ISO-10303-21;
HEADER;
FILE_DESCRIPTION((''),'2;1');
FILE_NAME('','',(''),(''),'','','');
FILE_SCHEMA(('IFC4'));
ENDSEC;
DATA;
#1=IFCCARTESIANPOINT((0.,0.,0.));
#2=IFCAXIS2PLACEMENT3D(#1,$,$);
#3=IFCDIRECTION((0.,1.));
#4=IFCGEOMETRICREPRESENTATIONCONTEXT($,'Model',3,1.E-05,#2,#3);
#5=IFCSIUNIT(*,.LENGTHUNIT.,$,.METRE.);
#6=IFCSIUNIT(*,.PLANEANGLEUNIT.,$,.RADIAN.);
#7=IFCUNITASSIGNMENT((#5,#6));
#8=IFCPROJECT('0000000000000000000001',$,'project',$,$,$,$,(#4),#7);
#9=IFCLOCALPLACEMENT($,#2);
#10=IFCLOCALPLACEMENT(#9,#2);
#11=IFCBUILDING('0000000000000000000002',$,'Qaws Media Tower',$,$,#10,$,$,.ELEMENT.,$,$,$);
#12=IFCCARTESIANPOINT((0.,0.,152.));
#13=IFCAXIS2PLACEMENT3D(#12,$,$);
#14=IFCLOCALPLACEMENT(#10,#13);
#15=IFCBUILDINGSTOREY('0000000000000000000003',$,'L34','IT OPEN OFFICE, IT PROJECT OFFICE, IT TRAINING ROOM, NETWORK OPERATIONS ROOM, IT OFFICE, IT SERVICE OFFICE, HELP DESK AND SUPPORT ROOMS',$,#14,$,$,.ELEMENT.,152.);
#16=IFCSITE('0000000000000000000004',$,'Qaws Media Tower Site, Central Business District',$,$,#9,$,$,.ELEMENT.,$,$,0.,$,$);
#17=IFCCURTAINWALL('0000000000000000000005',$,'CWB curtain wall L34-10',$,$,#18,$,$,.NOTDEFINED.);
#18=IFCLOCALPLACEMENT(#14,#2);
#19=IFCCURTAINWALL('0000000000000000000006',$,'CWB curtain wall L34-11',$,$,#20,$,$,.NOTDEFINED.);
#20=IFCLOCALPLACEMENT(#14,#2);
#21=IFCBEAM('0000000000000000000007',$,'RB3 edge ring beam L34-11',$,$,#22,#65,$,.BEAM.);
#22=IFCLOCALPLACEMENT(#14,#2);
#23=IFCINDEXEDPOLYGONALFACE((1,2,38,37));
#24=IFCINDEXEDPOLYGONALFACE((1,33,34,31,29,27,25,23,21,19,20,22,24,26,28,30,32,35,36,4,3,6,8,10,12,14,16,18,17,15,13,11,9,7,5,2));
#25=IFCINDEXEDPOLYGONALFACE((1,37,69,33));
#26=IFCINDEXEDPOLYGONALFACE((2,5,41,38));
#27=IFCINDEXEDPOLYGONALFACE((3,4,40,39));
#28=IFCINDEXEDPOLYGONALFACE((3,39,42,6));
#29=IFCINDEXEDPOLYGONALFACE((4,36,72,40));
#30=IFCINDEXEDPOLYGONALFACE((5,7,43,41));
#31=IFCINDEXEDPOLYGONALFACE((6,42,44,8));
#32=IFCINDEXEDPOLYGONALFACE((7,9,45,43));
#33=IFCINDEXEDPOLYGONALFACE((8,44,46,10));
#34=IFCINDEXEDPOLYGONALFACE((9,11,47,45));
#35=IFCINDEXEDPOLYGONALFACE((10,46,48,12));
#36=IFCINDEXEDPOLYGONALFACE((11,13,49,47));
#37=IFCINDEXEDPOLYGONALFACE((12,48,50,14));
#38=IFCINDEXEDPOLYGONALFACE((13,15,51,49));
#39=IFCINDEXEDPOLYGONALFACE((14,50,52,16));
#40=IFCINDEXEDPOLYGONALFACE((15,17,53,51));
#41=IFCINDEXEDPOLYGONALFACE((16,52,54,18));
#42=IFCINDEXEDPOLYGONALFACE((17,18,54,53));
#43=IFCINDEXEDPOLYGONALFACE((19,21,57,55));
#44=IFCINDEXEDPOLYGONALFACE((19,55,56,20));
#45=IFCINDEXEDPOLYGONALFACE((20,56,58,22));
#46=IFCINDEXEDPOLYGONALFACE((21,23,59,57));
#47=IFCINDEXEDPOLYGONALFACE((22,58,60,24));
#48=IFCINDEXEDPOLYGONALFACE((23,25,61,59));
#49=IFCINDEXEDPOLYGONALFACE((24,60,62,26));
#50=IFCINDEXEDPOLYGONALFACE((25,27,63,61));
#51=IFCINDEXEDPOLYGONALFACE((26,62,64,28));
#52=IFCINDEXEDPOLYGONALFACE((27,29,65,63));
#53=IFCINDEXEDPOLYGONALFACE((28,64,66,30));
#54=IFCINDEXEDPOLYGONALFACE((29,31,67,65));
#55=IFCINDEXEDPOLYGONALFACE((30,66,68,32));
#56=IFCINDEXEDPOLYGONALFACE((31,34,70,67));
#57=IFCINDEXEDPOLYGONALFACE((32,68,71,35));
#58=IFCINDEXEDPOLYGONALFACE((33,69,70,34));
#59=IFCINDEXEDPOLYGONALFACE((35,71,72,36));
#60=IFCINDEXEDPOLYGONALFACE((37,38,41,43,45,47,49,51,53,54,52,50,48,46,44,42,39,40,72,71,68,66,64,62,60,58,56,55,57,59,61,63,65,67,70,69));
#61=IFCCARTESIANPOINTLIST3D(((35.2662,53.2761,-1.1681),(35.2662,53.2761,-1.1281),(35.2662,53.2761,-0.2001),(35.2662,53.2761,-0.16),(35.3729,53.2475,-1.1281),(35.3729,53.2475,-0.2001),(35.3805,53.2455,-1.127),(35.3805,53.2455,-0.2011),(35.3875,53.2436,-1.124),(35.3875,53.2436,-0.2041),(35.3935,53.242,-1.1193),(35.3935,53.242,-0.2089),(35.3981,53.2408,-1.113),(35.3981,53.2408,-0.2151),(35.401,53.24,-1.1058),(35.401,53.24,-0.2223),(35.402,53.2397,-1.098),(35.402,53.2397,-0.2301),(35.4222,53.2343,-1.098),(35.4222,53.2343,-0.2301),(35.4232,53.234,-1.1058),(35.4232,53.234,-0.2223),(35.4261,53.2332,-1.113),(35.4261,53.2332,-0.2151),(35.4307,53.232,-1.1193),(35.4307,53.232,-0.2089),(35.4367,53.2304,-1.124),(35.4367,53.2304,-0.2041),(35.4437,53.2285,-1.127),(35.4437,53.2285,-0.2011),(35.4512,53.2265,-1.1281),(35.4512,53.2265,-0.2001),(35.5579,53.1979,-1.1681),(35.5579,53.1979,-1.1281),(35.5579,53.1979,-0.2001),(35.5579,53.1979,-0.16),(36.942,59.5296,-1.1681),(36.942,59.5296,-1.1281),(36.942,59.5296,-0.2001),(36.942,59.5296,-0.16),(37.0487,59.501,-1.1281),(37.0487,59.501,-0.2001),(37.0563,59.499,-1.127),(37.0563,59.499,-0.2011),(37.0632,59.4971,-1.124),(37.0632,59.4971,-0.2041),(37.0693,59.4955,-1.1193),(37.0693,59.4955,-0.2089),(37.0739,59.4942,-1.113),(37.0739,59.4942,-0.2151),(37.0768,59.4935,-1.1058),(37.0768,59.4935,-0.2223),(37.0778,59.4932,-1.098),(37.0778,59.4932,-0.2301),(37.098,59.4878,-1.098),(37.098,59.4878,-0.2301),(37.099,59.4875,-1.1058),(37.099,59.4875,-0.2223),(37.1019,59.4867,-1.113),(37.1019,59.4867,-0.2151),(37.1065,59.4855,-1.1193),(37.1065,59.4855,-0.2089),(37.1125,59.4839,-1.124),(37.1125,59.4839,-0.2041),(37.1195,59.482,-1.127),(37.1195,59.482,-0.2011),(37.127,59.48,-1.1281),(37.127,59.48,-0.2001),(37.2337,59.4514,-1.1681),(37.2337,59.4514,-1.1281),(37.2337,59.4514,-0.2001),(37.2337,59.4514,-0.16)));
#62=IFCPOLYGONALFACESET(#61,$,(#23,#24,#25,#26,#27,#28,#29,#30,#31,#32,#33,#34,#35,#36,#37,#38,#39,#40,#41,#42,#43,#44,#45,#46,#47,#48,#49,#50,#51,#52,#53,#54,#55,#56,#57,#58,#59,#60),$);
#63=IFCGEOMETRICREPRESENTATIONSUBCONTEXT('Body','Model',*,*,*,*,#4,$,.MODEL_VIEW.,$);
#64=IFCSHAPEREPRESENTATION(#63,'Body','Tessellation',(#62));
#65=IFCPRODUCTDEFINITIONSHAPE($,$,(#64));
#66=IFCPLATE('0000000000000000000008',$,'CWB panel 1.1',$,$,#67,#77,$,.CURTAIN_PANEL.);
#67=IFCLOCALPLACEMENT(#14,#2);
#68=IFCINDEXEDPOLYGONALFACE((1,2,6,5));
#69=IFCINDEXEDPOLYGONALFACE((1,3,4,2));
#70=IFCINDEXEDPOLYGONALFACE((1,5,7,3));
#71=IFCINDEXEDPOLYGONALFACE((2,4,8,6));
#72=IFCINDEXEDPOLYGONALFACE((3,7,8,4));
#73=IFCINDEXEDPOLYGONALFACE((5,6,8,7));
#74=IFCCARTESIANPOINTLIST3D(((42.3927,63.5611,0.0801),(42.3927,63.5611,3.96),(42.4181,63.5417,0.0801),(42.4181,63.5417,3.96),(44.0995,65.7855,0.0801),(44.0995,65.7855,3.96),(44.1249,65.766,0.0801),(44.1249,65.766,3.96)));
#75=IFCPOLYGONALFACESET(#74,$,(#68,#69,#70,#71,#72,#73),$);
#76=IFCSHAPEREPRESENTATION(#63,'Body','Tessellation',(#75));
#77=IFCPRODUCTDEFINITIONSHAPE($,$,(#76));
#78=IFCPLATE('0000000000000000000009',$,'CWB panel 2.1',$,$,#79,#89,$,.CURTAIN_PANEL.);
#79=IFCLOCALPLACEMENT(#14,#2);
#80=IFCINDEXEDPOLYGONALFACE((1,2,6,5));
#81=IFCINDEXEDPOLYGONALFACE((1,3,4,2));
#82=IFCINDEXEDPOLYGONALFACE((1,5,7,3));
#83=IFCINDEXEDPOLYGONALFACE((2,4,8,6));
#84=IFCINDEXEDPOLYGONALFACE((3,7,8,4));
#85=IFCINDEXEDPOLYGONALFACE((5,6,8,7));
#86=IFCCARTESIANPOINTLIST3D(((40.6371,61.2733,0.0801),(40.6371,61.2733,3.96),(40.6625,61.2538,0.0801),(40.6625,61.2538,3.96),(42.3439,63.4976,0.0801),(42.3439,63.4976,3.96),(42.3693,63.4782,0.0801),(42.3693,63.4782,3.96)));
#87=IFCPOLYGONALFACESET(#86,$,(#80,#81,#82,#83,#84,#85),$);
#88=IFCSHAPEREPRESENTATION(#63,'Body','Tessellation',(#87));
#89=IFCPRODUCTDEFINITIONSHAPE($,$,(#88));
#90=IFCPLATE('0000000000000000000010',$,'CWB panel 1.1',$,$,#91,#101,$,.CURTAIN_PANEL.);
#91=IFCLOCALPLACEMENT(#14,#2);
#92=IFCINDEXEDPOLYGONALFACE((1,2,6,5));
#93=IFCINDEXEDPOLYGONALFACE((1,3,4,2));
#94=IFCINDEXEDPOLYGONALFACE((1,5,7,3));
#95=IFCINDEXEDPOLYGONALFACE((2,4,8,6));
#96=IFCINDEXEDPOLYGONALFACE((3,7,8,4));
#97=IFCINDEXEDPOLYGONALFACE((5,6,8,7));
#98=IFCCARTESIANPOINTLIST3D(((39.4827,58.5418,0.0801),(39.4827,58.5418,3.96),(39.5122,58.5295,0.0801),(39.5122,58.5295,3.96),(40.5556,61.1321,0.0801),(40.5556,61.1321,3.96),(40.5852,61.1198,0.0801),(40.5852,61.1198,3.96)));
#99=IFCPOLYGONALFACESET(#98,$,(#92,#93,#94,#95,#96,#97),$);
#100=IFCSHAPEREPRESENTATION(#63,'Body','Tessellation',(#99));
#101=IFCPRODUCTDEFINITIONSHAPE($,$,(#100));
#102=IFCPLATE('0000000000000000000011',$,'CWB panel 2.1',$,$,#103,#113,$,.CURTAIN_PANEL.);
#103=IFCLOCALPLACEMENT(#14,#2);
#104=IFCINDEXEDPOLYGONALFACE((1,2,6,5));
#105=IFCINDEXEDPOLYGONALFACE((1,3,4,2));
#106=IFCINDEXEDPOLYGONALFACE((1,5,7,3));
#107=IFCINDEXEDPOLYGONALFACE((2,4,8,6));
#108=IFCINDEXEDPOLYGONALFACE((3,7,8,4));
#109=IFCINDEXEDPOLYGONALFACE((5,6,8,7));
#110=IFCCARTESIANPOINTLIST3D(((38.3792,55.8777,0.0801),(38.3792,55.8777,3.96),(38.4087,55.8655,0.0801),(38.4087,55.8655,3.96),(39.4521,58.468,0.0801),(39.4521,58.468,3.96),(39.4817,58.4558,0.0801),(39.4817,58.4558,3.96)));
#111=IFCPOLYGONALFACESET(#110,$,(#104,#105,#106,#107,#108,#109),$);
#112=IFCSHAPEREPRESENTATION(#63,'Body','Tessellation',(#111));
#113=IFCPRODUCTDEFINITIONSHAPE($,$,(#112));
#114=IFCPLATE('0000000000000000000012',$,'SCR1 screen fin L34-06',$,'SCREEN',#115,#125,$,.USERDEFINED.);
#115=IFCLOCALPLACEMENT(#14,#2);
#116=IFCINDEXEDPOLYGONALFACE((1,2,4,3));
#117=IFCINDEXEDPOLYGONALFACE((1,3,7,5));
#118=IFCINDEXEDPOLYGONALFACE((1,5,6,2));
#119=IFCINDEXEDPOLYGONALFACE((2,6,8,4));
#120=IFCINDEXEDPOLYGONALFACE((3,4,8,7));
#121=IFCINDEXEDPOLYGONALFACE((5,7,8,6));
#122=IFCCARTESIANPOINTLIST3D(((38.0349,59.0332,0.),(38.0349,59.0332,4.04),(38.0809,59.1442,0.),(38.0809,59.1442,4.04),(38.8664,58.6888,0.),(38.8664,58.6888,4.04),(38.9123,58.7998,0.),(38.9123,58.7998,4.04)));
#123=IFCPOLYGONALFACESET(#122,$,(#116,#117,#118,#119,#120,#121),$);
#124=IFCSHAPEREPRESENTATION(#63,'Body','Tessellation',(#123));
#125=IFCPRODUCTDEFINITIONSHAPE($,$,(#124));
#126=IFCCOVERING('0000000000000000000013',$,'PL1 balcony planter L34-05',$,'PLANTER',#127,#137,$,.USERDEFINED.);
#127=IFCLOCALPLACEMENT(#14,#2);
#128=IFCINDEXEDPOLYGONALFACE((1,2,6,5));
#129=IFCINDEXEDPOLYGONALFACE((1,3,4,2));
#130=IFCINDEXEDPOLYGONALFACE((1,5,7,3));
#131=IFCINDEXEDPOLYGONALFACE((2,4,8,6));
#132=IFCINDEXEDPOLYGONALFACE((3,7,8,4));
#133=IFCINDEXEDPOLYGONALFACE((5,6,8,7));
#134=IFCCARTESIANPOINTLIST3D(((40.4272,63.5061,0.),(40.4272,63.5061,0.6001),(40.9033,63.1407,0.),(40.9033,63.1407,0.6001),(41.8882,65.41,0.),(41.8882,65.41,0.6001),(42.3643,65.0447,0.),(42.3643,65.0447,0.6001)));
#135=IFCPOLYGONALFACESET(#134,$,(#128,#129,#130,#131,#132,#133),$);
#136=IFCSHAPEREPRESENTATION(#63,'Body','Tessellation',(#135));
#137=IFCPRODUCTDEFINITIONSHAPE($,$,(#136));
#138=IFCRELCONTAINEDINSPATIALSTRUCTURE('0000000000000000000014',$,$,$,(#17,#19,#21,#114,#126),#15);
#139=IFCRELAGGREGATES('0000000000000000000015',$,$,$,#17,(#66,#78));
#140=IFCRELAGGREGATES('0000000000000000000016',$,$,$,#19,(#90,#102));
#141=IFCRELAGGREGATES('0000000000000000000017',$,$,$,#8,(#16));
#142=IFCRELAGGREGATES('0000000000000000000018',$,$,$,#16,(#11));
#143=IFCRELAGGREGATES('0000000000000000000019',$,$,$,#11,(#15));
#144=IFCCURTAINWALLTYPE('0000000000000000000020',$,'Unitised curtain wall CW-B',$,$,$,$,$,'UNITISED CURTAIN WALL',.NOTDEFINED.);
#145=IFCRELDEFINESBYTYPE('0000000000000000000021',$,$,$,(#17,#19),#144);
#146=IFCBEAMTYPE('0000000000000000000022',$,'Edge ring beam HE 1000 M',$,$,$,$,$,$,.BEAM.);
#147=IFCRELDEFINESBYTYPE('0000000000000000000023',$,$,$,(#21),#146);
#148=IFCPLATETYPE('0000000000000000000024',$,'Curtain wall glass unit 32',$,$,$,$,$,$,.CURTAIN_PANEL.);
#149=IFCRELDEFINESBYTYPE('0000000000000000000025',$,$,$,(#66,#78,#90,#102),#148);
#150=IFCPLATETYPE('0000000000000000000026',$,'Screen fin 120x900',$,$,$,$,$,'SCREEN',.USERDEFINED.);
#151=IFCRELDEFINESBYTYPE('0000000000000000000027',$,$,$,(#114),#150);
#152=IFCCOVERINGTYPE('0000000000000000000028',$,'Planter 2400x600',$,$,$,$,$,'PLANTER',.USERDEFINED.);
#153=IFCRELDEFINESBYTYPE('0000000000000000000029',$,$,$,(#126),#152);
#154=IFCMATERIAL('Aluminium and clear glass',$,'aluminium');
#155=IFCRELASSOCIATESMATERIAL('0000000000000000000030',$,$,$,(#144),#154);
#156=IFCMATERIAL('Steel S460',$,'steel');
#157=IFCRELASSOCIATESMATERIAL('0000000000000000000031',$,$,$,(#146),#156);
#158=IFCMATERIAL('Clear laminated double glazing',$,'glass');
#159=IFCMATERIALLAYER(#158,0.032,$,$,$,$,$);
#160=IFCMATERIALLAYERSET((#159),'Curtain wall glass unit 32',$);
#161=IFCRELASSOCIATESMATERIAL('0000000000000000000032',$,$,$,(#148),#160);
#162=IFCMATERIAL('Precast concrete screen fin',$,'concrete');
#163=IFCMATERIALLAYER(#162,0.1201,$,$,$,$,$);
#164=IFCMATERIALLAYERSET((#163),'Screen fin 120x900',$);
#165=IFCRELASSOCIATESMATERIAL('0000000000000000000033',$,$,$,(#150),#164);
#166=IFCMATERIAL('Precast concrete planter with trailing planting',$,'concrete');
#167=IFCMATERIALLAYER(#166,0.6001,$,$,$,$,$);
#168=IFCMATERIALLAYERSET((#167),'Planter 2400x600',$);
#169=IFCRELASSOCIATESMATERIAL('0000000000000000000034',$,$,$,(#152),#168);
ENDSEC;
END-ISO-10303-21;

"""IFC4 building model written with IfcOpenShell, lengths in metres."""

from ifc_helpers import new_model, si_unit, direction, frame, origin, origin_2d, place, context, subcontext, project, spatial, rectangle, i_section, extrude, material, layer, layer_set, material_profile, profile_set, type_object, element, aggregate, save


model = new_model("IFC4")

# Units and contexts
model_context = context("Model", 3, precision=1e-05, world=origin(), true_north=direction((0.0, 1.0)))
body_context = subcontext(model_context, "Body", "Model", "MODEL_VIEW")
ifc_project = project(units=[si_unit("LENGTHUNIT", "METRE"), si_unit("PLANEANGLEUNIT", "RADIAN")], contexts=[model_context])

# Site, building, storey
site_placement = place(None, origin())
site = spatial("IfcSite", under=ifc_project, at=site_placement, Name="Qaws Media Tower Site, Central Business District", CompositionType="ELEMENT", RefElevation=0.0)
building_placement = place(site_placement, origin())
building = spatial("IfcBuilding", under=site, at=building_placement, Name="Qaws Media Tower", CompositionType="ELEMENT")
storey_placement = place(building_placement, frame((0.0, 0.0, 152.0)))
storey = spatial("IfcBuildingStorey", under=building, at=storey_placement, Name="L34", Description="IT OPEN OFFICE, IT PROJECT OFFICE, IT TRAINING ROOM, NETWORK OPERATIONS ROOM, IT OFFICE, IT SERVICE OFFICE, HELP DESK AND SUPPORT ROOMS", CompositionType="ELEMENT", Elevation=152.0)

# Shared definitions
ifc_material_1 = material(Name="Aluminium and clear glass", Category="aluminium")
curtain_wall_type = type_object("IfcCurtainWallType", Name="Unitised curtain wall CW-B", ElementType="UNITISED CURTAIN WALL", PredefinedType="NOTDEFINED", material=ifc_material_1)

# Curtain walls
curtain_wall_1_placement = place(storey_placement, origin())
curtain_wall_1 = element("IfcCurtainWall", 1, at=curtain_wall_1_placement, inside=storey, type_object=curtain_wall_type, Name="CWB curtain wall L34-10", PredefinedType="NOTDEFINED")
curtain_wall_2_placement = place(storey_placement, origin())
curtain_wall_2 = element("IfcCurtainWall", 2, at=curtain_wall_2_placement, inside=storey, type_object=curtain_wall_type, Name="CWB curtain wall L34-11", PredefinedType="NOTDEFINED")

# Beam
ifc_material_2 = material(Name="Steel S460", Category="steel")
ifc_material_profile_1 = material_profile(ifc_material_2, i_section(OverallWidth=0.302, OverallDepth=1.0081, WebThickness=0.021, FlangeThickness=0.04, FilletRadius=0.03, at=origin_2d()), Name="HE 1000 M")
ifc_profile_set_1 = profile_set([ifc_material_profile_1], Name="Steel S460")
beam_type = type_object("IfcBeamType", Name="Edge ring beam HE 1000 M", PredefinedType="BEAM", material=ifc_profile_set_1)
for number, where, z_axis, x_axis, name in (
    (3, (37.0879, 59.4905, -0.6641), (-0.258845, -0.965919, 0.0), (0.965919, -0.258845, 0.0), "RB3 edge ring beam L34-11"),
):
    element("IfcBeam", number, at=place(storey_placement, frame(where, z_axis=z_axis, x_axis=x_axis)), inside=storey, type_object=beam_type, Name=name, PredefinedType="BEAM", context=body_context, shape_type="SweptSolid", body=[
        extrude(i_section(OverallWidth=0.302, OverallDepth=1.0081, WebThickness=0.021, FlangeThickness=0.04, FilletRadius=0.03, at=origin_2d()), origin(), (0.0, 0.0, 1.0), 6.4741),
    ])

# Plates
ifc_material_3 = material(Name="Clear laminated double glazing", Category="glass")
ifc_layer_1 = layer(ifc_material_3, 0.032)
ifc_layer_set_1 = layer_set([ifc_layer_1], Name="Curtain wall glass unit 32")
plate_type_1 = type_object("IfcPlateType", Name="Curtain wall glass unit 32", PredefinedType="CURTAIN_PANEL", material=ifc_layer_set_1)
plate_1_placement = place(storey_placement, frame((43.2588, 64.6636, 0.0801), z_axis=(0.0, 0.0, 1.0), x_axis=(-0.608761, -0.793353, 0.0)))
plate_1 = element("IfcPlate", 4, at=plate_1_placement, type_object=plate_type_1, Name="CWB panel 1.1", PredefinedType="CURTAIN_PANEL", context=body_context, shape_type="SweptSolid", body=[
    extrude(rectangle(XDim=2.8037, YDim=0.032, at=origin_2d()), origin(), (0.0, 0.0, 1.0), 3.8799),
])
plate_2_placement = place(storey_placement, frame((41.5032, 62.3757, 0.0801), z_axis=(0.0, 0.0, 1.0), x_axis=(-0.608761, -0.793353, 0.0)))
plate_2 = element("IfcPlate", 5, at=plate_2_placement, type_object=plate_type_1, Name="CWB panel 2.1", PredefinedType="CURTAIN_PANEL", context=body_context, shape_type="SweptSolid", body=[
    extrude(rectangle(XDim=2.8037, YDim=0.032, at=origin_2d()), origin(), (0.0, 0.0, 1.0), 3.8799),
])
aggregate(curtain_wall_1, [plate_1, plate_2])
plate_3_placement = place(storey_placement, frame((40.0339, 59.8308, 0.0801), z_axis=(0.0, 0.0, 1.0), x_axis=(-0.382684, -0.923879, 0.0)))
plate_3 = element("IfcPlate", 6, at=plate_3_placement, type_object=plate_type_1, Name="CWB panel 1.1", PredefinedType="CURTAIN_PANEL", context=body_context, shape_type="SweptSolid", body=[
    extrude(rectangle(XDim=2.8037, YDim=0.032, at=origin_2d()), origin(), (0.0, 0.0, 1.0), 3.8799),
])
plate_4_placement = place(storey_placement, frame((38.9304, 57.1667, 0.0801), z_axis=(0.0, 0.0, 1.0), x_axis=(-0.382684, -0.923879, 0.0)))
plate_4 = element("IfcPlate", 7, at=plate_4_placement, type_object=plate_type_1, Name="CWB panel 2.1", PredefinedType="CURTAIN_PANEL", context=body_context, shape_type="SweptSolid", body=[
    extrude(rectangle(XDim=2.8037, YDim=0.032, at=origin_2d()), origin(), (0.0, 0.0, 1.0), 3.8799),
])
aggregate(curtain_wall_2, [plate_3, plate_4])
ifc_material_4 = material(Name="Precast concrete screen fin", Category="concrete")
ifc_layer_2 = layer(ifc_material_4, 0.1201)
ifc_layer_set_2 = layer_set([ifc_layer_2], Name="Screen fin 120x900")
plate_type_2 = type_object("IfcPlateType", Name="Screen fin 120x900", ElementType="SCREEN", PredefinedType="USERDEFINED", material=ifc_layer_set_2)
plate_5_placement = place(storey_placement, frame((38.4736, 58.9165, 0.0), z_axis=(0.0, 0.0, 1.0), x_axis=(-0.92388, 0.382683, 0.0)))
element("IfcPlate", 8, at=plate_5_placement, inside=storey, type_object=plate_type_2, Name="SCR1 screen fin L34-06", ObjectType="SCREEN", PredefinedType="USERDEFINED", context=body_context, shape_type="SweptSolid", body=[
    extrude(rectangle(XDim=0.8999, YDim=0.1201, at=origin_2d()), origin(), (0.0, 0.0, 1.0), 4.04),
])

# Covering
ifc_material_5 = material(Name="Precast concrete planter with trailing planting", Category="concrete")
ifc_layer_3 = layer(ifc_material_5, 0.6001)
ifc_layer_set_3 = layer_set([ifc_layer_3], Name="Planter 2400x600")
covering_type = type_object("IfcCoveringType", Name="Planter 2400x600", ElementType="PLANTER", PredefinedType="USERDEFINED", material=ifc_layer_set_3)
covering_placement = place(storey_placement, frame((41.3958, 64.2754, 0.0), z_axis=(0.0, 0.0, 1.0), x_axis=(-0.608761, -0.793353, 0.0)))
element("IfcCovering", 9, at=covering_placement, inside=storey, type_object=covering_type, Name="PL1 balcony planter L34-05", ObjectType="PLANTER", PredefinedType="USERDEFINED", context=body_context, shape_type="SweptSolid", body=[
    extrude(rectangle(XDim=2.3999, YDim=0.6001, at=origin_2d()), origin(), (0.0, 0.0, 1.0), 0.6001),
])

save(model, "model.ifc")
